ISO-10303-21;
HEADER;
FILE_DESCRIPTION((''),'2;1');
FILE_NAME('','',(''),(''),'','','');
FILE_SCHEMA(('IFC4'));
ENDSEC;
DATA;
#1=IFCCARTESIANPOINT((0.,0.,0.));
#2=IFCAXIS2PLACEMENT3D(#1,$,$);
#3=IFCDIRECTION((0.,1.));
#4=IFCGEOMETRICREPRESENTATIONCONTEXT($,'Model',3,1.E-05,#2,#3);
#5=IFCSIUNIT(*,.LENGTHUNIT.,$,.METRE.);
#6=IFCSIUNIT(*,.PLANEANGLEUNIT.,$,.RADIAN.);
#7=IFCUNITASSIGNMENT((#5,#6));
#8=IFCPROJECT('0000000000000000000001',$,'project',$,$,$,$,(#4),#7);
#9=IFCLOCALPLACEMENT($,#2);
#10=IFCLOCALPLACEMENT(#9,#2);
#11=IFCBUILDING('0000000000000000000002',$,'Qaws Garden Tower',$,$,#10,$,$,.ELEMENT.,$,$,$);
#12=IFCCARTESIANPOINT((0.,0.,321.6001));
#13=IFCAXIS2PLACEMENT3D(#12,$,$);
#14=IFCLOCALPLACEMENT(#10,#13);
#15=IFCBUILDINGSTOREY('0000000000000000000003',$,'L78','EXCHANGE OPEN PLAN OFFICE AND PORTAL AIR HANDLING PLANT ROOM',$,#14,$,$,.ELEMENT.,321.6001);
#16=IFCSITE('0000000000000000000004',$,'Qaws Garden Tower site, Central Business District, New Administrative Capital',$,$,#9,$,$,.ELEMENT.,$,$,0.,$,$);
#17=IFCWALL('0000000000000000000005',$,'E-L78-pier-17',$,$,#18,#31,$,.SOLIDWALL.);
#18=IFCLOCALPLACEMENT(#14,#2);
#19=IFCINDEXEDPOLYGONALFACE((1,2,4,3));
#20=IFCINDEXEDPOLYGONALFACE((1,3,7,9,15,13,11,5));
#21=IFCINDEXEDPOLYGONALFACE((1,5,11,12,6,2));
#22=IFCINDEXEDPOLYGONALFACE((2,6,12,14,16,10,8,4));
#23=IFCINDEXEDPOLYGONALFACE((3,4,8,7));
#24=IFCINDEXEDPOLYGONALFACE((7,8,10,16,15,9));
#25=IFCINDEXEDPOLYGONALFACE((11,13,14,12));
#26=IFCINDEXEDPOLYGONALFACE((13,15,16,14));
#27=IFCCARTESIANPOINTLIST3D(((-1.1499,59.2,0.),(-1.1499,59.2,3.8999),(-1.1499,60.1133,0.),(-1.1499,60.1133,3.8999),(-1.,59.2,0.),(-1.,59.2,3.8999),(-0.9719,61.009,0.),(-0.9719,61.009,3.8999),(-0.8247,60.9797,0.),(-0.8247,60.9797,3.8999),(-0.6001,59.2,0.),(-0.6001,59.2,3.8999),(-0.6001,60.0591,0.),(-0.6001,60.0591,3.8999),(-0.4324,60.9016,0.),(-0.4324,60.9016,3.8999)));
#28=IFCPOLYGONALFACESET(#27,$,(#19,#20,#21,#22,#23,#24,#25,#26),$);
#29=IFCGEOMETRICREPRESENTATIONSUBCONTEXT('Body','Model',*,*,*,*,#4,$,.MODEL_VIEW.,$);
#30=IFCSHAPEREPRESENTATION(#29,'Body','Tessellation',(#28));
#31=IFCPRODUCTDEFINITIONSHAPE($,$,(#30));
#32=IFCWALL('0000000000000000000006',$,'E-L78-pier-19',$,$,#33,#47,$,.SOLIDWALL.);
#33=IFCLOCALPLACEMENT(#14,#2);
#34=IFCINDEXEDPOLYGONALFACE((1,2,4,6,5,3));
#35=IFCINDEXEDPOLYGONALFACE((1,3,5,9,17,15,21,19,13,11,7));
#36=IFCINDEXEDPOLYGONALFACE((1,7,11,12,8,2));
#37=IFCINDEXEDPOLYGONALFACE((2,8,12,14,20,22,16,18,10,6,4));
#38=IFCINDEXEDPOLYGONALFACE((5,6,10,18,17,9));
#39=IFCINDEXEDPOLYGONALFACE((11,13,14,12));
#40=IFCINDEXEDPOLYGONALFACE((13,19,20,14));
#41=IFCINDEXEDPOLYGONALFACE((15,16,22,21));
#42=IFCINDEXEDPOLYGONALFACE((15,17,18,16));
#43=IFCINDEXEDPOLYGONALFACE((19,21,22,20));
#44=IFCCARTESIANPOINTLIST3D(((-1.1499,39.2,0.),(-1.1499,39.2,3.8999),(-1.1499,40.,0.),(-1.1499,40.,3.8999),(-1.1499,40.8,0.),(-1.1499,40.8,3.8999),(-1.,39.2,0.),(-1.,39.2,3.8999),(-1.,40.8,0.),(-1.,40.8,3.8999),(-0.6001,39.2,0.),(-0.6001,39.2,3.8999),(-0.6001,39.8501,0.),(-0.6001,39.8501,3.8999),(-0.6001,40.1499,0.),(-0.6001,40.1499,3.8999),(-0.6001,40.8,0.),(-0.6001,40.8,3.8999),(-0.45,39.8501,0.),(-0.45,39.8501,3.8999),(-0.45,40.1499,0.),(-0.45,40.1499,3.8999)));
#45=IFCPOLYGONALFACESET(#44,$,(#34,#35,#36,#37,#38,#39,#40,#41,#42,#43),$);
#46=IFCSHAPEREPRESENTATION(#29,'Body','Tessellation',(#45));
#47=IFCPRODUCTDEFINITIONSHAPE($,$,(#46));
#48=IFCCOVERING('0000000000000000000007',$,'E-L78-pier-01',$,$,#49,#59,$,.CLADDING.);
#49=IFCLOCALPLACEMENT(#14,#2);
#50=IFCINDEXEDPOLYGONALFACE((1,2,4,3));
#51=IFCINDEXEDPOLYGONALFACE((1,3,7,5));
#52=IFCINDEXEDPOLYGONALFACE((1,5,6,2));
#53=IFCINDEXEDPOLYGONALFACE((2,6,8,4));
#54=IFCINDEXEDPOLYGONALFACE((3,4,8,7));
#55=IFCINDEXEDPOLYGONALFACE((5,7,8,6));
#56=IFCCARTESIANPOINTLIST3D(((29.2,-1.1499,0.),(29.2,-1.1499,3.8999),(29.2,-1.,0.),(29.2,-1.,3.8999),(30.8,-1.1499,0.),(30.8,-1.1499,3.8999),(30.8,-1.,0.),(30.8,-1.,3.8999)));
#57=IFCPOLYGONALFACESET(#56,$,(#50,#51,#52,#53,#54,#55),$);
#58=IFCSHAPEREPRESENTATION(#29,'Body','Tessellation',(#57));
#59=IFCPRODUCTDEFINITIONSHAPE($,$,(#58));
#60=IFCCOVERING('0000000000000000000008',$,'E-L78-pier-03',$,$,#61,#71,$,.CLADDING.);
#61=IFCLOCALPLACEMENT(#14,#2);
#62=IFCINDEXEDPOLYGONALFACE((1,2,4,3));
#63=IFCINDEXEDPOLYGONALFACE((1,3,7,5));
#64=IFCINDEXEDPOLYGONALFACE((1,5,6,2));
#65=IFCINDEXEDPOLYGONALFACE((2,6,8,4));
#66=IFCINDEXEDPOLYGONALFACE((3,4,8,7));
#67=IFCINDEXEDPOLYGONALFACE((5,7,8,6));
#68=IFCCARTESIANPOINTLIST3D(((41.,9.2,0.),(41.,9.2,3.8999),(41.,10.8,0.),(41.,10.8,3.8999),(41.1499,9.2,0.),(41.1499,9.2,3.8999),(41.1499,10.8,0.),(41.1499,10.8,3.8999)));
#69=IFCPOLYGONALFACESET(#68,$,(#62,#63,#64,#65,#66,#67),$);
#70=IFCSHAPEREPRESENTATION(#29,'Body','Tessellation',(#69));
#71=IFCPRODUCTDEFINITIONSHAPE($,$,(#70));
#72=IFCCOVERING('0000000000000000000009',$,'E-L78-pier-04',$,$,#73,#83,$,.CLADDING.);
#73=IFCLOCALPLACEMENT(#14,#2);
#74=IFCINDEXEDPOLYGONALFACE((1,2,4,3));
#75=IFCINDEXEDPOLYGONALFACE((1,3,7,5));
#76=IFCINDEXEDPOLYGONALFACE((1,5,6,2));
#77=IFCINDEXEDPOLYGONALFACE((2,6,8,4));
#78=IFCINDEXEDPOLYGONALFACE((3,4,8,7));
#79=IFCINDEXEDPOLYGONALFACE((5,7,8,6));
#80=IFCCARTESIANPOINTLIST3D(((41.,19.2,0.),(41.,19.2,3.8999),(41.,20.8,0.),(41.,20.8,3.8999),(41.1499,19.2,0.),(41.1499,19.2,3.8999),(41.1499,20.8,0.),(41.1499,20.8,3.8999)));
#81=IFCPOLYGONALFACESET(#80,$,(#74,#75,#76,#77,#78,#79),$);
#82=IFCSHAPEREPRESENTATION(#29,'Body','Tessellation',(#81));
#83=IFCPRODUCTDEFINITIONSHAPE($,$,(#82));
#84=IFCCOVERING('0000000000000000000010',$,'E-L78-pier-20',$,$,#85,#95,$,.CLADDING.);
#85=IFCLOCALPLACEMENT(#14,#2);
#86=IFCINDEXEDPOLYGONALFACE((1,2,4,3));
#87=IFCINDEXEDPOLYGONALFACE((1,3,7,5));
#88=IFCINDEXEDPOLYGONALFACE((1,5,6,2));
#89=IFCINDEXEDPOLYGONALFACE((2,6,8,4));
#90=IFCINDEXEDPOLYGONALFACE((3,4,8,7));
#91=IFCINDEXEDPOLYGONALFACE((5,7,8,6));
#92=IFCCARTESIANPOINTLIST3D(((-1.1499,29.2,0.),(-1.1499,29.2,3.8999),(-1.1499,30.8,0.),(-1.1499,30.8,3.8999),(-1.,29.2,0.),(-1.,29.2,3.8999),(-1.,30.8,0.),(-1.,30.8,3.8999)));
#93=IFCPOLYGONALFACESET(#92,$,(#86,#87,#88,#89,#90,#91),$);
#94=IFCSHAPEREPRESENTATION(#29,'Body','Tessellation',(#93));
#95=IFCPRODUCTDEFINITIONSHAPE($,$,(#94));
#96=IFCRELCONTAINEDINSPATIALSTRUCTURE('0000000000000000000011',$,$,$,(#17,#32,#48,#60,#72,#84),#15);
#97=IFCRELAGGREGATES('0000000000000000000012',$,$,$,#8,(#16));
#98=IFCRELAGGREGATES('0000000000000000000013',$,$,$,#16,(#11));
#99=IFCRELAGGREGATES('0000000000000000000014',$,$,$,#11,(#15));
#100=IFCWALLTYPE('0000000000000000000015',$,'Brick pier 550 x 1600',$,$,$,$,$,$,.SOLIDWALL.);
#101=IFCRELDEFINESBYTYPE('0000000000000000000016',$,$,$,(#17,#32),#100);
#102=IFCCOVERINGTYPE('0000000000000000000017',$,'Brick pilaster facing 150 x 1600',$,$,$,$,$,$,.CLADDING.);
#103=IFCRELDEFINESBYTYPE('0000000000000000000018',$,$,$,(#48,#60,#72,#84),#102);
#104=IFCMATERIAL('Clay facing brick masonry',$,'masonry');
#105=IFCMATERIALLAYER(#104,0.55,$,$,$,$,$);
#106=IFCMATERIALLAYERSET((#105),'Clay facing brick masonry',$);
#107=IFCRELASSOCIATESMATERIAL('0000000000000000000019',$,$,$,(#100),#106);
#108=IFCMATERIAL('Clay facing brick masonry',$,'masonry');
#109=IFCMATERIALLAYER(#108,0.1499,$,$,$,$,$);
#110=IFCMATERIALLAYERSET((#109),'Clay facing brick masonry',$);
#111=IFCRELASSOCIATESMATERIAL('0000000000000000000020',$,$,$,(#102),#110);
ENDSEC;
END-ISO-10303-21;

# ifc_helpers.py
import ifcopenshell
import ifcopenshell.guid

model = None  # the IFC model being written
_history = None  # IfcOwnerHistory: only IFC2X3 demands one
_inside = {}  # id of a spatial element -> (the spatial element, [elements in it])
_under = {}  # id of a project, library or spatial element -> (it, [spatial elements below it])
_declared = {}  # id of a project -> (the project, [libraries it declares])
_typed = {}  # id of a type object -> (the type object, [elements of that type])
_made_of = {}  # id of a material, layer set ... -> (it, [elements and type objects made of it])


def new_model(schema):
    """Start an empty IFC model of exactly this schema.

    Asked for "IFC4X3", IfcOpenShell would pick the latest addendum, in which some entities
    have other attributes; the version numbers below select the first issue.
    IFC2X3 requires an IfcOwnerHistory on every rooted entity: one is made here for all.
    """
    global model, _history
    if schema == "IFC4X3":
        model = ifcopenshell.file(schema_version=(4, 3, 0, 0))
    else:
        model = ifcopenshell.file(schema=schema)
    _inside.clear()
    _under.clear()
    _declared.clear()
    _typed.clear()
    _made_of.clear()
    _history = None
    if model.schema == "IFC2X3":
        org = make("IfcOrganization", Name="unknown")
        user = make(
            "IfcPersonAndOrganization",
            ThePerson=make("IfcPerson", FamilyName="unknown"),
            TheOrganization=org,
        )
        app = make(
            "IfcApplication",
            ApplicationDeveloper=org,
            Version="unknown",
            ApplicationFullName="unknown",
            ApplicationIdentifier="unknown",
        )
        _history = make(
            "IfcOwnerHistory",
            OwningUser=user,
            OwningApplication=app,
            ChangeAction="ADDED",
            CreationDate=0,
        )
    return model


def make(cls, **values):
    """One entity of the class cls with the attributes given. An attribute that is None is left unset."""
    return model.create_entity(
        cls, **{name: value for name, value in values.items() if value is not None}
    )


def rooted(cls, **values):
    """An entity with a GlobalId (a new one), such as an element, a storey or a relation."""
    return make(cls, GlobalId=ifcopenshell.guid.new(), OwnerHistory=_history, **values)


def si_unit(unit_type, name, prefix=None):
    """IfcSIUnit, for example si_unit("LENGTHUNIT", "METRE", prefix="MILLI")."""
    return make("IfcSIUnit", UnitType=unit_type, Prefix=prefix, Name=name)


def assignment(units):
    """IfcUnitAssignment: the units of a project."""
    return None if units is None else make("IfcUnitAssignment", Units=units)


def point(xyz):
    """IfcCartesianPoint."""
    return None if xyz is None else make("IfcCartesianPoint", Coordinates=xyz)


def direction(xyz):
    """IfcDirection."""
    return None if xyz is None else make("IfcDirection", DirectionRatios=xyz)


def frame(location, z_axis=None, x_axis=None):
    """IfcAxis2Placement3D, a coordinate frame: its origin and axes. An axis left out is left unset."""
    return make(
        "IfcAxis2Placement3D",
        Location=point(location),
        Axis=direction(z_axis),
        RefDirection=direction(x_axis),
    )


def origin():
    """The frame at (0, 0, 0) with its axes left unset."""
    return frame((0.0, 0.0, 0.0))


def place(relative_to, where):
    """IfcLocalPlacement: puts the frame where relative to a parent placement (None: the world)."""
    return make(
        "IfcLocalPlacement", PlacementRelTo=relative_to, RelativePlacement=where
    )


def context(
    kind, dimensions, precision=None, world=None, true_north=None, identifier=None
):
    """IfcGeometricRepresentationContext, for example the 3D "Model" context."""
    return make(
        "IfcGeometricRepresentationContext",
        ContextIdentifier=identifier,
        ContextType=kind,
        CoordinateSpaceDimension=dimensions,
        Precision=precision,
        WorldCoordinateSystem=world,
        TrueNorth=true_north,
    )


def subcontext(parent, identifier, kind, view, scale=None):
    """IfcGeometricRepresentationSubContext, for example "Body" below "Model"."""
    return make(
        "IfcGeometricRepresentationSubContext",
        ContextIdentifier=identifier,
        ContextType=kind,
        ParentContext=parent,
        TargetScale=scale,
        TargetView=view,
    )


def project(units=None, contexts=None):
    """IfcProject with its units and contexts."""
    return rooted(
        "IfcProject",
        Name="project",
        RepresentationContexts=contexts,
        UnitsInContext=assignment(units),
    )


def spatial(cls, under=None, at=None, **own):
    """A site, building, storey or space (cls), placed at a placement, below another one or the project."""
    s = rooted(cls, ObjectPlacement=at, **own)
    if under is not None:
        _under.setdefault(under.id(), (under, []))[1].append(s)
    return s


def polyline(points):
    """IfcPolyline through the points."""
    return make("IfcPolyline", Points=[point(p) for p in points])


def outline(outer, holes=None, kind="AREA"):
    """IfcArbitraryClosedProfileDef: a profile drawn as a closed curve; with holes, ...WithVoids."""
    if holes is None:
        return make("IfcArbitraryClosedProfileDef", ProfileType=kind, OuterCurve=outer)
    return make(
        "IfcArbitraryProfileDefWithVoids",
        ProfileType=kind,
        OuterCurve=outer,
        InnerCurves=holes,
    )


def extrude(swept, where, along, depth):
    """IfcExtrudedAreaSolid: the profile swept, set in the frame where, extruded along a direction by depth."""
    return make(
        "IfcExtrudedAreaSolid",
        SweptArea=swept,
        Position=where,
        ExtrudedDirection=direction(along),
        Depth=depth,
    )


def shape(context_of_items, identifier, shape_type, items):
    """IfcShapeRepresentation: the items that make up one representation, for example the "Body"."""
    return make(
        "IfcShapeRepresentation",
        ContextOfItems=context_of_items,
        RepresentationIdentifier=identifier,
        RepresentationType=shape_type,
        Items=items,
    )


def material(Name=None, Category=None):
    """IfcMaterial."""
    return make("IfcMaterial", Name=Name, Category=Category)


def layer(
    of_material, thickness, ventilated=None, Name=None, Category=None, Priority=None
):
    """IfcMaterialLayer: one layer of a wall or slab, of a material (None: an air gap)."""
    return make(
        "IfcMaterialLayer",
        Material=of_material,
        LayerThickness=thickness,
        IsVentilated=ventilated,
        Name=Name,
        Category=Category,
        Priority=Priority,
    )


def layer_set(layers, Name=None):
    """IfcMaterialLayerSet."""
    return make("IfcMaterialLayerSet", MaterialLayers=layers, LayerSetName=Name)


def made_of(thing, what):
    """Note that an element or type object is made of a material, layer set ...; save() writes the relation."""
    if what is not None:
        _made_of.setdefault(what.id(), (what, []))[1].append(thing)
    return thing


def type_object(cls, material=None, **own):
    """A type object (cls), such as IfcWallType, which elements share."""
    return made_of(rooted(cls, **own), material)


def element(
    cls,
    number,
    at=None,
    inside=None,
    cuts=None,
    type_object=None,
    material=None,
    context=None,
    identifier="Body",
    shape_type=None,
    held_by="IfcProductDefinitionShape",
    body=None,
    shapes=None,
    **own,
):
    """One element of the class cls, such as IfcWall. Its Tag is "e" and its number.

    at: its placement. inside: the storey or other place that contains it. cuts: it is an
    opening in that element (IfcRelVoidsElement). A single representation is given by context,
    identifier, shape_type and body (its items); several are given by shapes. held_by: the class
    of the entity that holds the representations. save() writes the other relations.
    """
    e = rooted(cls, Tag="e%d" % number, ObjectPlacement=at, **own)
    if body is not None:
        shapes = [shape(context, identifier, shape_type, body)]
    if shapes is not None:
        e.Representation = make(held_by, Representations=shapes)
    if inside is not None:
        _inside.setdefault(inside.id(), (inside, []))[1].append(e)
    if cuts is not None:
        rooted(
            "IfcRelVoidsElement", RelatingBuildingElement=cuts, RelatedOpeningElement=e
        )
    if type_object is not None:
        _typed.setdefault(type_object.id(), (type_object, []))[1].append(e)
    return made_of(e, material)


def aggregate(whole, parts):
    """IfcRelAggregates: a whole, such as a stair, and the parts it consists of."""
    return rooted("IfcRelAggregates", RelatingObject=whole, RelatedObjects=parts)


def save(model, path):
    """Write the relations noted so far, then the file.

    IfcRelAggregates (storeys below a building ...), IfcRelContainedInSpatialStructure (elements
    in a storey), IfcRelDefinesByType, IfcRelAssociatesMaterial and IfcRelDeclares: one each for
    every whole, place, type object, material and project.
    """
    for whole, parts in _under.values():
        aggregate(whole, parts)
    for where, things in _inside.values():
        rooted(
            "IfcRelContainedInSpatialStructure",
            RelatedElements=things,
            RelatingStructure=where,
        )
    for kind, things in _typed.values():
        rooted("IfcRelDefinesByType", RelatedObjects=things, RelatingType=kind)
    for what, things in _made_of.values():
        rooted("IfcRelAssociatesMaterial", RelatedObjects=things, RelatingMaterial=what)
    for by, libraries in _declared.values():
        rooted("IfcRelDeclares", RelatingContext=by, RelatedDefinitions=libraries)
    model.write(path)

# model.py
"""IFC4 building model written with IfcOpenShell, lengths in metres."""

from ifc_helpers import new_model, si_unit, direction, frame, origin, place, context, subcontext, project, spatial, polyline, outline, extrude, material, layer, layer_set, type_object, element, save


model = new_model("IFC4")

# Units and contexts
model_context = context("Model", 3, precision=1e-05, world=origin(), true_north=direction((0.0, 1.0)))
body_context = subcontext(model_context, "Body", "Model", "MODEL_VIEW")
ifc_project = project(units=[si_unit("LENGTHUNIT", "METRE"), si_unit("PLANEANGLEUNIT", "RADIAN")], contexts=[model_context])

# Site, building, storey
site_placement = place(None, origin())
site = spatial("IfcSite", under=ifc_project, at=site_placement, Name="Qaws Garden Tower site, Central Business District, New Administrative Capital", CompositionType="ELEMENT", RefElevation=0.0)
building_placement = place(site_placement, origin())
building = spatial("IfcBuilding", under=site, at=building_placement, Name="Qaws Garden Tower", CompositionType="ELEMENT")
storey_placement = place(building_placement, frame((0.0, 0.0, 321.6001)))
storey = spatial("IfcBuildingStorey", under=building, at=storey_placement, Name="L78", Description="EXCHANGE OPEN PLAN OFFICE AND PORTAL AIR HANDLING PLANT ROOM", CompositionType="ELEMENT", Elevation=321.6001)

# Walls
placement_1 = place(storey_placement, origin())
ifc_material_1 = material(Name="Clay facing brick masonry", Category="masonry")
ifc_layer_1 = layer(ifc_material_1, 0.55)
ifc_layer_set_1 = layer_set([ifc_layer_1], Name="Clay facing brick masonry")
wall_type_1 = type_object("IfcWallType", Name="Brick pier 550 x 1600", PredefinedType="SOLIDWALL", material=ifc_layer_set_1)
element("IfcWall", 1, at=placement_1, inside=storey, type_object=wall_type_1, Name="E-L78-pier-17", PredefinedType="SOLIDWALL", context=body_context, shape_type="SweptSolid", body=[
    extrude(outline(polyline([(-0.8247, 60.9797), (-0.9719, 61.009), (-1.1499, 60.1133), (-1.1499, 59.2), (-1.0, 59.2), (-0.6001, 59.2), (-0.6001, 60.0591), (-0.4324, 60.9016), (-0.8247, 60.9797)])), origin(), (0.0, 0.0, 1.0), 3.8999),
])
element("IfcWall", 2, at=placement_1, inside=storey, type_object=wall_type_1, Name="E-L78-pier-19", PredefinedType="SOLIDWALL", context=body_context, shape_type="SweptSolid", body=[
    extrude(outline(polyline([(-0.6001, 39.2), (-0.6001, 39.8501), (-0.45, 39.8501), (-0.45, 40.1499), (-0.6001, 40.1499), (-0.6001, 40.8), (-1.0, 40.8), (-1.1499, 40.8), (-1.1499, 40.0), (-1.1499, 39.2), (-1.0, 39.2), (-0.6001, 39.2)])), origin(), (0.0, 0.0, 1.0), 3.8999),
])

# Coverings
ifc_material_2 = material(Name="Clay facing brick masonry", Category="masonry")
ifc_layer_2 = layer(ifc_material_2, 0.1499)
ifc_layer_set_2 = layer_set([ifc_layer_2], Name="Clay facing brick masonry")
covering_type = type_object("IfcCoveringType", Name="Brick pilaster facing 150 x 1600", PredefinedType="CLADDING", material=ifc_layer_set_2)
element("IfcCovering", 3, at=placement_1, inside=storey, type_object=covering_type, Name="E-L78-pier-01", PredefinedType="CLADDING", context=body_context, shape_type="SweptSolid", body=[
    extrude(outline(polyline([(29.2, -1.0), (30.8, -1.0), (30.8, -1.1499), (29.2, -1.1499), (29.2, -1.0)])), origin(), (0.0, 0.0, 1.0), 3.8999),
])
element("IfcCovering", 4, at=placement_1, inside=storey, type_object=covering_type, Name="E-L78-pier-03", PredefinedType="CLADDING", context=body_context, shape_type="SweptSolid", body=[
    extrude(outline(polyline([(41.0, 9.2), (41.0, 10.8), (41.1499, 10.8), (41.1499, 9.2), (41.0, 9.2)])), origin(), (0.0, 0.0, 1.0), 3.8999),
])
element("IfcCovering", 5, at=placement_1, inside=storey, type_object=covering_type, Name="E-L78-pier-04", PredefinedType="CLADDING", context=body_context, shape_type="SweptSolid", body=[
    extrude(outline(polyline([(41.0, 19.2), (41.0, 20.8), (41.1499, 20.8), (41.1499, 19.2), (41.0, 19.2)])), origin(), (0.0, 0.0, 1.0), 3.8999),
])
element("IfcCovering", 6, at=placement_1, inside=storey, type_object=covering_type, Name="E-L78-pier-20", PredefinedType="CLADDING", context=body_context, shape_type="SweptSolid", body=[
    extrude(outline(polyline([(-1.0, 30.8), (-1.0, 29.2), (-1.1499, 29.2), (-1.1499, 30.8), (-1.0, 30.8)])), origin(), (0.0, 0.0, 1.0), 3.8999),
])

save(model, "model.ifc")
